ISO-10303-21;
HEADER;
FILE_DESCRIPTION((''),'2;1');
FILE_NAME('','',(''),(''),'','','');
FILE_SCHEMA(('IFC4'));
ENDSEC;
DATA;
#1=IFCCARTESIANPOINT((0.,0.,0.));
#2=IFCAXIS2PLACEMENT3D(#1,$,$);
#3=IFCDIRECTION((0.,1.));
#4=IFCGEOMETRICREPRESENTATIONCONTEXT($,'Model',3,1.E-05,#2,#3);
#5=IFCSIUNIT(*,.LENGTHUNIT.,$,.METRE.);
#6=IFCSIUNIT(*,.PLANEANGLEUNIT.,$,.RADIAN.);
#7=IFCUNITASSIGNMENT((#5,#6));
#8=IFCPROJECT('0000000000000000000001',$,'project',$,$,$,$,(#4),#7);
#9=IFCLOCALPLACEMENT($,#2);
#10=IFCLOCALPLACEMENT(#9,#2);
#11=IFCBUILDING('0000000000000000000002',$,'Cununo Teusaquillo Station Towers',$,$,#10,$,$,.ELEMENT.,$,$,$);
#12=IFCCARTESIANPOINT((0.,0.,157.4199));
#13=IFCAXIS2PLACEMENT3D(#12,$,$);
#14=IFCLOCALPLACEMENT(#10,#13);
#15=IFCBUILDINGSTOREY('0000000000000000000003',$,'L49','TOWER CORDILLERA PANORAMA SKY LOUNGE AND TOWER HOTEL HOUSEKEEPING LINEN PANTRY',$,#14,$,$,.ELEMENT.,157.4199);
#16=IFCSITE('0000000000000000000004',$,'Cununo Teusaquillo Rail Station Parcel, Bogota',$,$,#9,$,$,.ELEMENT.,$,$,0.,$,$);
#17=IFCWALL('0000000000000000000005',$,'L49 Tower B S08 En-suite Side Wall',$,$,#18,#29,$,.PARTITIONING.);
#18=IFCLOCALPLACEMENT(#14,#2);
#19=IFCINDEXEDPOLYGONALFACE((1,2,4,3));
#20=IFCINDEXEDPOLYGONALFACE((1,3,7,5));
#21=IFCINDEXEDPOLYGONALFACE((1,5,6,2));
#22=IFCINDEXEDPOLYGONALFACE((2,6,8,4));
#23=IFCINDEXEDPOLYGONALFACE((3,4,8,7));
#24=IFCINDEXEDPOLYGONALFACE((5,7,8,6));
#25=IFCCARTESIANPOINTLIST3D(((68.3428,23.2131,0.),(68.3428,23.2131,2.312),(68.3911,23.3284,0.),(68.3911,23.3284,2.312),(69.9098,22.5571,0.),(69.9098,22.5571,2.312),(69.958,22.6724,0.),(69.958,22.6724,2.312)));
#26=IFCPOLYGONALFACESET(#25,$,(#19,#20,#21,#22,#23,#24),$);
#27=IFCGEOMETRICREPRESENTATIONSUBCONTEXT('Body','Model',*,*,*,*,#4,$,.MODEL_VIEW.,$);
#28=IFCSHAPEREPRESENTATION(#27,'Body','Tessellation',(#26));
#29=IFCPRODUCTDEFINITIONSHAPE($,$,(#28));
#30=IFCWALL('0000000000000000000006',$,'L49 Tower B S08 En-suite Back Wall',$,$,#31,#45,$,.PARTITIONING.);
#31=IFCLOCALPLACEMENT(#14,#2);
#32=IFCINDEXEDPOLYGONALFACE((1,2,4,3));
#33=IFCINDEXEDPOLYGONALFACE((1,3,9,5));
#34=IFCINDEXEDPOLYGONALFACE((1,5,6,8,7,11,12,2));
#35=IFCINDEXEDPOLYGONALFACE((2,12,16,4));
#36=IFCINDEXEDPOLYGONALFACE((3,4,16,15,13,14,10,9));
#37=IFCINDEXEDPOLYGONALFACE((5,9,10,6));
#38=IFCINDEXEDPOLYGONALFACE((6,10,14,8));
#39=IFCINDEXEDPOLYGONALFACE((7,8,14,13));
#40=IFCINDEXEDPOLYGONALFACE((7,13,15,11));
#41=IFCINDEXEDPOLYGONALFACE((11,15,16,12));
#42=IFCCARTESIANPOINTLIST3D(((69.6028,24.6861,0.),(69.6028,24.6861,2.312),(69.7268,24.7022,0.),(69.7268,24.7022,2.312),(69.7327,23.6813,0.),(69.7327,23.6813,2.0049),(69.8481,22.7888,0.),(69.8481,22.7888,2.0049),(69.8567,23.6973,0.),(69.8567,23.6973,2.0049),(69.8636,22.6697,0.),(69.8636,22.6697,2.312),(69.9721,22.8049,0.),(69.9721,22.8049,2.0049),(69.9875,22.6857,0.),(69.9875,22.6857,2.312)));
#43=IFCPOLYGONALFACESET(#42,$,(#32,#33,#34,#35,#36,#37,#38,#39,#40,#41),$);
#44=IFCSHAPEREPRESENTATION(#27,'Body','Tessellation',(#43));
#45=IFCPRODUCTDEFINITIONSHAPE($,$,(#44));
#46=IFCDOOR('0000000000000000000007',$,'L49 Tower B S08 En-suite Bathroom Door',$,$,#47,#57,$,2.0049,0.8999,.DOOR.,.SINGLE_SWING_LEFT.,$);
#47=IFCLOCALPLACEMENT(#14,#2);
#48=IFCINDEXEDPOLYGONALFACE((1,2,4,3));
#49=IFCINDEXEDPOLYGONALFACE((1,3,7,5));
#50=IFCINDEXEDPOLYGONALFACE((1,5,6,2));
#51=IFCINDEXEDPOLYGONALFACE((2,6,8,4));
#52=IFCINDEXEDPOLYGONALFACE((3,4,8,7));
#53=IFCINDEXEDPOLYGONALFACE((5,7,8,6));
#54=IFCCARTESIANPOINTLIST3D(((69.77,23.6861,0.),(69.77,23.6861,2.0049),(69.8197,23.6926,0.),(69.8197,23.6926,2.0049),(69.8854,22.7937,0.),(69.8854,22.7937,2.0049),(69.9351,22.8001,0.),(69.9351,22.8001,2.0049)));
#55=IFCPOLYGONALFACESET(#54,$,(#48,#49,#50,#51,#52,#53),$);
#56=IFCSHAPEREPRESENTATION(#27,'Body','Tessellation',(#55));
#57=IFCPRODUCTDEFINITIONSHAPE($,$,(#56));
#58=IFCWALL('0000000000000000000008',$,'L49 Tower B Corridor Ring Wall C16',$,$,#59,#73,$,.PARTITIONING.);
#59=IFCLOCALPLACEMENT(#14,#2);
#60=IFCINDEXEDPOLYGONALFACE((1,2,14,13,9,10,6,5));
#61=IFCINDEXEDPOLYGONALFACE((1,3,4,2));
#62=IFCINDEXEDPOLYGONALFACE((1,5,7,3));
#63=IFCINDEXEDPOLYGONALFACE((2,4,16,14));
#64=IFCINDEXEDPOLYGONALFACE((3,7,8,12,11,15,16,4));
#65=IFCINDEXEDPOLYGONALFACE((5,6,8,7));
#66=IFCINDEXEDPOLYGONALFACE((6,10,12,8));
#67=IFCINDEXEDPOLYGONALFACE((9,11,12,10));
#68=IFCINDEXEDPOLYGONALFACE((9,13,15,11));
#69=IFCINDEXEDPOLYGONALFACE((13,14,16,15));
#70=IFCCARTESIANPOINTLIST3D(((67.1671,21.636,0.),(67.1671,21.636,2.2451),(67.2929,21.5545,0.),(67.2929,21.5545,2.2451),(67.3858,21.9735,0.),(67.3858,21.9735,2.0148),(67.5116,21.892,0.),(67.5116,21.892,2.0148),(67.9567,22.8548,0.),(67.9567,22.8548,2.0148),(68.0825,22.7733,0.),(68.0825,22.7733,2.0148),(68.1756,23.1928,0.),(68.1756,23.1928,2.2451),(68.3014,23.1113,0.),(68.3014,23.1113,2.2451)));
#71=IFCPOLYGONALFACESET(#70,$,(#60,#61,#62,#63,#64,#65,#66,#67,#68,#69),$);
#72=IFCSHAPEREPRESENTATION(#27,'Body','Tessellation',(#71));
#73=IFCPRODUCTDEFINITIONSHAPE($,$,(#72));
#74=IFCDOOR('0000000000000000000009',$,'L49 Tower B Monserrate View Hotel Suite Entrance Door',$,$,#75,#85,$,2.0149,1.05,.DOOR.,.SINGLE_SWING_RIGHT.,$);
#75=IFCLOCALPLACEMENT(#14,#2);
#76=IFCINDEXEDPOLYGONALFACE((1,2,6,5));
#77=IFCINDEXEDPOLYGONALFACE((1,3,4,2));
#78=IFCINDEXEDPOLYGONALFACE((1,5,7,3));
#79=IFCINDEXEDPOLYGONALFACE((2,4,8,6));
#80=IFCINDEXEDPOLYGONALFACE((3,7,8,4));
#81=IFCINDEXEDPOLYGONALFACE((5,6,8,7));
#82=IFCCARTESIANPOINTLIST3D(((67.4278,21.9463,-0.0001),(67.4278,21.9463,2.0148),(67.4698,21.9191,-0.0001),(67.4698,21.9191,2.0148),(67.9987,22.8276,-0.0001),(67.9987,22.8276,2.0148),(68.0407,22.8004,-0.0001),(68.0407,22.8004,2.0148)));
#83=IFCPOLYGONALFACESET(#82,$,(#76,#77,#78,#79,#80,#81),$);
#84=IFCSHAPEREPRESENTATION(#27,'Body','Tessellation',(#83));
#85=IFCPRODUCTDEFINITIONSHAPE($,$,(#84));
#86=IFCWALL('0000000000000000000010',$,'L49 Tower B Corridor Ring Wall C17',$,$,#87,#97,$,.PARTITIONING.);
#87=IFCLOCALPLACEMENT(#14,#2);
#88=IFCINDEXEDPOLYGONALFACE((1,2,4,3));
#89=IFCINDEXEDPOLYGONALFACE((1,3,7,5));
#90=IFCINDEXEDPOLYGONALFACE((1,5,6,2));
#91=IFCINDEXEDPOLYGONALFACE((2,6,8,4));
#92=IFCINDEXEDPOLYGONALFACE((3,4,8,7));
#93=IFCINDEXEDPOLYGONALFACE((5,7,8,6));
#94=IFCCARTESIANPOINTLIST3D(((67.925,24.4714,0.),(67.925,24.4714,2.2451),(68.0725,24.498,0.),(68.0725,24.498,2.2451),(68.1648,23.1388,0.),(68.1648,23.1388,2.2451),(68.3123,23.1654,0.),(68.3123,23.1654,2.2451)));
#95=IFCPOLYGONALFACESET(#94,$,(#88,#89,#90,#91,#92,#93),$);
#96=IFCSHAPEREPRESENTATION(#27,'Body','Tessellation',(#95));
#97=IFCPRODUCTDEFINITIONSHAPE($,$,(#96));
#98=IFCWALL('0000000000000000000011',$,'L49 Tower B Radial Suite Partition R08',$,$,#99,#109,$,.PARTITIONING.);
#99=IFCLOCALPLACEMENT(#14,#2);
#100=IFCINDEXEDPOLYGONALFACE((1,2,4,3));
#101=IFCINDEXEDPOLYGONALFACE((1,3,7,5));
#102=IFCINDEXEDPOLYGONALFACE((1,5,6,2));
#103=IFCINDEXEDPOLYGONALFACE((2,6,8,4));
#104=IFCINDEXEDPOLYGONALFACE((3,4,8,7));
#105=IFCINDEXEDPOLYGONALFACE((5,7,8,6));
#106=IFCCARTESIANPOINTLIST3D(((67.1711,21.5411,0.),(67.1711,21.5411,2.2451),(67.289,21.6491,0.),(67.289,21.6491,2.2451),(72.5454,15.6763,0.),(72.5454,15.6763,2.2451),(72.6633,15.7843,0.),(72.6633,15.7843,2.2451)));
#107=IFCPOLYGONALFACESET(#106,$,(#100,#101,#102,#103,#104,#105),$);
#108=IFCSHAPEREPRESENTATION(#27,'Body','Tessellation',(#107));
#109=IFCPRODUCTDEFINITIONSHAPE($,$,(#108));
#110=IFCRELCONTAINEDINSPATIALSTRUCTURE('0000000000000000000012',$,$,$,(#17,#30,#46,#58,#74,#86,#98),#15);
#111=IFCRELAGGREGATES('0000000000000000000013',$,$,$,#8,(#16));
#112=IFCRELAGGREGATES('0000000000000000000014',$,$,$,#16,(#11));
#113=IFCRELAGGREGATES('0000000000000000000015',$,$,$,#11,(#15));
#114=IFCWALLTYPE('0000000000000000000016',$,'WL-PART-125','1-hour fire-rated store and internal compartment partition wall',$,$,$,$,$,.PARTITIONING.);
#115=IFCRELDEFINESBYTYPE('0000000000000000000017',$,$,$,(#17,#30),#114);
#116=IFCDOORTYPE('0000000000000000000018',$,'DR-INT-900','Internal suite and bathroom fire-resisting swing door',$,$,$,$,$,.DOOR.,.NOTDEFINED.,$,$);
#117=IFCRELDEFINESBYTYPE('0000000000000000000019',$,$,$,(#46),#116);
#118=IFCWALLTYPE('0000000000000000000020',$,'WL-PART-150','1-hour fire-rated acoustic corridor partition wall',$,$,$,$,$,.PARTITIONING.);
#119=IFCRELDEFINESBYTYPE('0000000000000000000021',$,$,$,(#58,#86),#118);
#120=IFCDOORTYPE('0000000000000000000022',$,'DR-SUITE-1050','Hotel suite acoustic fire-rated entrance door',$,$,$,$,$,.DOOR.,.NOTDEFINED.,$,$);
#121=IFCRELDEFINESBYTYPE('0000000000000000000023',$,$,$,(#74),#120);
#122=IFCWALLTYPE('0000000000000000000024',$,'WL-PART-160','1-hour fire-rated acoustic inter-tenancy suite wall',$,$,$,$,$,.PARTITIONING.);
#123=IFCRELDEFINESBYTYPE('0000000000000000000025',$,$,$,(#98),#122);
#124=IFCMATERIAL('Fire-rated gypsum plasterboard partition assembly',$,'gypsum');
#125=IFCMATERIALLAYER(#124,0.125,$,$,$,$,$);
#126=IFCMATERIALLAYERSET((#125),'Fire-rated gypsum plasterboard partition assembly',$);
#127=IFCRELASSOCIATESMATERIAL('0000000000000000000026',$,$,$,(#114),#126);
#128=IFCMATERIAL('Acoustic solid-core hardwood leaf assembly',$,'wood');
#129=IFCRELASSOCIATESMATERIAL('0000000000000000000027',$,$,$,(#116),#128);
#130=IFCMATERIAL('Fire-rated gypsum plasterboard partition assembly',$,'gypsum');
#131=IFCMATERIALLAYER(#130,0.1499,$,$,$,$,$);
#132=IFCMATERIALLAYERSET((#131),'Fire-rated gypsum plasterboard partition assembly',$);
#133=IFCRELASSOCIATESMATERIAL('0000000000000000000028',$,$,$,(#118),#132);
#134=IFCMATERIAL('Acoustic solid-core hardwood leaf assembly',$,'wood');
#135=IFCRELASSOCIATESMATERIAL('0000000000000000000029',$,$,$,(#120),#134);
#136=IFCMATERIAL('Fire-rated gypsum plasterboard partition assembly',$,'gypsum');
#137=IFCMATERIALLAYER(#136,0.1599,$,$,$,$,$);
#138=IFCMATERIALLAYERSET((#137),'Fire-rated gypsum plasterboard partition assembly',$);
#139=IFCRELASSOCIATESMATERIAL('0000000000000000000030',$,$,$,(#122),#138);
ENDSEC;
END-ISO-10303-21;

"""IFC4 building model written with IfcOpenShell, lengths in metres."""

from ifc_helpers import new_model, si_unit, direction, frame, frame_2d, origin, place, context, subcontext, project, spatial, rectangle, extrude, source, transform, mapped, material, layer, layer_set, type_object, element, fill, save


model = new_model("IFC4")

# Units and contexts
model_context = context("Model", 3, precision=1e-05, world=origin(), true_north=direction((0.0, 1.0)))
body_context = subcontext(model_context, "Body", "Model", "MODEL_VIEW")
ifc_project = project(units=[si_unit("LENGTHUNIT", "METRE"), si_unit("PLANEANGLEUNIT", "RADIAN")], contexts=[model_context])

# Site, building, storey
site_placement = place(None, origin())
site = spatial("IfcSite", under=ifc_project, at=site_placement, Name="Cununo Teusaquillo Rail Station Parcel, Bogota", CompositionType="ELEMENT", RefElevation=0.0)
building_placement = place(site_placement, origin())
building = spatial("IfcBuilding", under=site, at=building_placement, Name="Cununo Teusaquillo Station Towers", CompositionType="ELEMENT")
storey_placement = place(building_placement, frame((0.0, 0.0, 157.4199)))
storey = spatial("IfcBuildingStorey", under=building, at=storey_placement, Name="L49", Description="TOWER CORDILLERA PANORAMA SKY LOUNGE AND TOWER HOTEL HOUSEKEEPING LINEN PANTRY", CompositionType="ELEMENT", Elevation=157.4199)

# Wall
ifc_material_1 = material(Name="Fire-rated gypsum plasterboard partition assembly", Category="gypsum")
ifc_layer_1 = layer(ifc_material_1, 0.125)
ifc_layer_set_1 = layer_set([ifc_layer_1], Name="Fire-rated gypsum plasterboard partition assembly")
wall_type_1 = type_object("IfcWallType", Name="WL-PART-125", Description="1-hour fire-rated store and internal compartment partition wall", PredefinedType="PARTITIONING", material=ifc_layer_set_1)
wall_1_placement = place(storey_placement, frame((68.3669, 23.2708, 0.0), z_axis=(0.0, 0.0, 1.0), x_axis=(0.922421, -0.386186, 0.0)))
element("IfcWall", 1, at=wall_1_placement, inside=storey, type_object=wall_type_1, Name="L49 Tower B S08 En-suite Side Wall", PredefinedType="PARTITIONING", context=body_context, shape_type="SweptSolid", body=[
    extrude(rectangle(XDim=1.6987, YDim=0.125, at=frame_2d((0.8494, 0.0))), origin(), (0.0, 0.0, 1.0), 2.312),
])

# Walls, openings, doors
wall_2_placement = place(storey_placement, frame((69.9255, 22.6777, 0.0), z_axis=(0.0, 0.0, 1.0), x_axis=(-0.128246, 0.991742, 0.0)))
wall_2 = element("IfcWall", 2, at=wall_2_placement, inside=storey, type_object=wall_type_1, Name="L49 Tower B S08 En-suite Back Wall", PredefinedType="PARTITIONING", context=body_context, shape_type="SweptSolid", body=[
    extrude(rectangle(XDim=2.0332, YDim=0.125, at=frame_2d((1.0166, 0.0))), origin(), (0.0, 0.0, 1.0), 2.312),
])
shared_shape_1 = source(origin(), body_context, "Body", "SweptSolid", [
    extrude(rectangle(XDim=0.8999, YDim=2.0049, at=frame_2d((0.45, 1.0024))), frame((0.0, 0.0725, 0.0), z_axis=(0.0, -1.0, 0.0), x_axis=(1.0, 0.0, 0.0)), (0.0, 0.0, 1.0), 0.145),
])
opening_1_placement = place(wall_2_placement, frame((0.1201, 0.0, 0.0)))
opening_1 = element("IfcOpeningElement", 3, at=opening_1_placement, cuts=wall_2, PredefinedType="OPENING", context=body_context, shape_type="MappedRepresentation", body=[
    mapped(shared_shape_1, transform((0.0, 0.0, 0.0), x_axis=(1.0, 0.0, 0.0), y_axis=(0.0, 1.0, 0.0), z_axis=(0.0, 0.0, 1.0), scale=1.0)),
])
ifc_material_2 = material(Name="Acoustic solid-core hardwood leaf assembly", Category="wood")
door_type_1 = type_object("IfcDoorType", Name="DR-INT-900", Description="Internal suite and bathroom fire-resisting swing door", OperationType="NOTDEFINED", PredefinedType="DOOR", material=ifc_material_2)
shared_shape_2 = source(origin(), body_context, "Body", "SweptSolid", [
    extrude(rectangle(XDim=0.8999, YDim=2.0049, at=frame_2d((0.45, 1.0024))), frame((0.0, 0.0249, 0.0), z_axis=(0.0, -1.0, 0.0), x_axis=(1.0, 0.0, 0.0)), (0.0, 0.0, 1.0), 0.05),
])
door_1_placement = place(opening_1_placement, origin())
door_1 = element("IfcDoor", 4, at=door_1_placement, inside=storey, type_object=door_type_1, Name="L49 Tower B S08 En-suite Bathroom Door", OperationType="SINGLE_SWING_LEFT", OverallHeight=2.0049, OverallWidth=0.8999, PredefinedType="DOOR", context=body_context, shape_type="MappedRepresentation", body=[
    mapped(shared_shape_2, transform((0.0, 0.0, 0.0), x_axis=(1.0, 0.0, 0.0), y_axis=(0.0, 1.0, 0.0), z_axis=(0.0, 0.0, 1.0), scale=1.0)),
])
fill(opening_1, door_1)
ifc_material_3 = material(Name="Fire-rated gypsum plasterboard partition assembly", Category="gypsum")
ifc_layer_2 = layer(ifc_material_3, 0.1499)
ifc_layer_set_2 = layer_set([ifc_layer_2], Name="Fire-rated gypsum plasterboard partition assembly")
wall_type_2 = type_object("IfcWallType", Name="WL-PART-150", Description="1-hour fire-rated acoustic corridor partition wall", PredefinedType="PARTITIONING", material=ifc_layer_set_2)
wall_3_placement = place(storey_placement, frame((67.23, 21.5952, 0.0), z_axis=(0.0, 0.0, 1.0), x_axis=(0.543688, 0.839288, 0.0)))
wall_3 = element("IfcWall", 5, at=wall_3_placement, inside=storey, type_object=wall_type_2, Name="L49 Tower B Corridor Ring Wall C16", PredefinedType="PARTITIONING", context=body_context, shape_type="SweptSolid", body=[
    extrude(rectangle(XDim=1.855, YDim=0.1499, at=frame_2d((0.9275, 0.0))), origin(), (0.0, 0.0, 1.0), 2.2451),
])
shared_shape_3 = source(origin(), body_context, "Body", "SweptSolid", [
    extrude(rectangle(XDim=1.05, YDim=2.0149, at=frame_2d((0.5249, 1.0073))), frame((0.0, 0.085, 0.0), z_axis=(0.0, -1.0, 0.0), x_axis=(1.0, 0.0, 0.0)), (0.0, 0.0, 1.0), 0.1699),
])
opening_2_placement = place(wall_3_placement, frame((0.4023, 0.0, 0.0)))
opening_2 = element("IfcOpeningElement", 6, at=opening_2_placement, cuts=wall_3, PredefinedType="OPENING", context=body_context, shape_type="MappedRepresentation", body=[
    mapped(shared_shape_3, transform((0.0, 0.0, 0.0), x_axis=(1.0, 0.0, 0.0), y_axis=(0.0, 1.0, 0.0), z_axis=(0.0, 0.0, 1.0), scale=1.0)),
])
ifc_material_4 = material(Name="Acoustic solid-core hardwood leaf assembly", Category="wood")
door_type_2 = type_object("IfcDoorType", Name="DR-SUITE-1050", Description="Hotel suite acoustic fire-rated entrance door", OperationType="NOTDEFINED", PredefinedType="DOOR", material=ifc_material_4)
shared_shape_4 = source(origin(), body_context, "Body", "SweptSolid", [
    extrude(rectangle(XDim=1.05, YDim=2.0149, at=frame_2d((0.5249, 1.0073))), frame((0.0, 0.0249, 0.0), z_axis=(0.0, -1.0, 0.0), x_axis=(1.0, 0.0, 0.0)), (0.0, 0.0, 1.0), 0.05),
])
door_2_placement = place(opening_2_placement, origin())
door_2 = element("IfcDoor", 7, at=door_2_placement, inside=storey, type_object=door_type_2, Name="L49 Tower B Monserrate View Hotel Suite Entrance Door", OperationType="SINGLE_SWING_RIGHT", OverallHeight=2.0149, OverallWidth=1.05, PredefinedType="DOOR", context=body_context, shape_type="MappedRepresentation", body=[
    mapped(shared_shape_4, transform((0.0, 0.0, 0.0), x_axis=(1.0, 0.0, 0.0), y_axis=(0.0, 1.0, 0.0), z_axis=(0.0, 0.0, 1.0), scale=1.0)),
])
fill(opening_2, door_2)

# Walls
wall_4_placement = place(storey_placement, frame((68.2385, 23.1521, 0.0), z_axis=(0.0, 0.0, 1.0), x_axis=(-0.177076, 0.984197, 0.0)))
element("IfcWall", 8, at=wall_4_placement, inside=storey, type_object=wall_type_2, Name="L49 Tower B Corridor Ring Wall C17", PredefinedType="PARTITIONING", context=body_context, shape_type="SweptSolid", body=[
    extrude(rectangle(XDim=1.354, YDim=0.1499, at=frame_2d((0.677, 0.0))), origin(), (0.0, 0.0, 1.0), 2.2451),
])
ifc_material_5 = material(Name="Fire-rated gypsum plasterboard partition assembly", Category="gypsum")
ifc_layer_3 = layer(ifc_material_5, 0.1599)
ifc_layer_set_3 = layer_set([ifc_layer_3], Name="Fire-rated gypsum plasterboard partition assembly")
wall_type_3 = type_object("IfcWallType", Name="WL-PART-160", Description="1-hour fire-rated acoustic inter-tenancy suite wall", PredefinedType="PARTITIONING", material=ifc_layer_set_3)
wall_5_placement = place(storey_placement, frame((67.23, 21.5952, 0.0), z_axis=(0.0, 0.0, 1.0), x_axis=(0.675605, -0.737264, 0.0)))
element("IfcWall", 9, at=wall_5_placement, inside=storey, type_object=wall_type_3, Name="L49 Tower B Radial Suite Partition R08", PredefinedType="PARTITIONING", context=body_context, shape_type="SweptSolid", body=[
    extrude(rectangle(XDim=7.9548, YDim=0.1599, at=frame_2d((3.9775, 0.0))), origin(), (0.0, 0.0, 1.0), 2.2451),
])

save(model, "model.ifc")
